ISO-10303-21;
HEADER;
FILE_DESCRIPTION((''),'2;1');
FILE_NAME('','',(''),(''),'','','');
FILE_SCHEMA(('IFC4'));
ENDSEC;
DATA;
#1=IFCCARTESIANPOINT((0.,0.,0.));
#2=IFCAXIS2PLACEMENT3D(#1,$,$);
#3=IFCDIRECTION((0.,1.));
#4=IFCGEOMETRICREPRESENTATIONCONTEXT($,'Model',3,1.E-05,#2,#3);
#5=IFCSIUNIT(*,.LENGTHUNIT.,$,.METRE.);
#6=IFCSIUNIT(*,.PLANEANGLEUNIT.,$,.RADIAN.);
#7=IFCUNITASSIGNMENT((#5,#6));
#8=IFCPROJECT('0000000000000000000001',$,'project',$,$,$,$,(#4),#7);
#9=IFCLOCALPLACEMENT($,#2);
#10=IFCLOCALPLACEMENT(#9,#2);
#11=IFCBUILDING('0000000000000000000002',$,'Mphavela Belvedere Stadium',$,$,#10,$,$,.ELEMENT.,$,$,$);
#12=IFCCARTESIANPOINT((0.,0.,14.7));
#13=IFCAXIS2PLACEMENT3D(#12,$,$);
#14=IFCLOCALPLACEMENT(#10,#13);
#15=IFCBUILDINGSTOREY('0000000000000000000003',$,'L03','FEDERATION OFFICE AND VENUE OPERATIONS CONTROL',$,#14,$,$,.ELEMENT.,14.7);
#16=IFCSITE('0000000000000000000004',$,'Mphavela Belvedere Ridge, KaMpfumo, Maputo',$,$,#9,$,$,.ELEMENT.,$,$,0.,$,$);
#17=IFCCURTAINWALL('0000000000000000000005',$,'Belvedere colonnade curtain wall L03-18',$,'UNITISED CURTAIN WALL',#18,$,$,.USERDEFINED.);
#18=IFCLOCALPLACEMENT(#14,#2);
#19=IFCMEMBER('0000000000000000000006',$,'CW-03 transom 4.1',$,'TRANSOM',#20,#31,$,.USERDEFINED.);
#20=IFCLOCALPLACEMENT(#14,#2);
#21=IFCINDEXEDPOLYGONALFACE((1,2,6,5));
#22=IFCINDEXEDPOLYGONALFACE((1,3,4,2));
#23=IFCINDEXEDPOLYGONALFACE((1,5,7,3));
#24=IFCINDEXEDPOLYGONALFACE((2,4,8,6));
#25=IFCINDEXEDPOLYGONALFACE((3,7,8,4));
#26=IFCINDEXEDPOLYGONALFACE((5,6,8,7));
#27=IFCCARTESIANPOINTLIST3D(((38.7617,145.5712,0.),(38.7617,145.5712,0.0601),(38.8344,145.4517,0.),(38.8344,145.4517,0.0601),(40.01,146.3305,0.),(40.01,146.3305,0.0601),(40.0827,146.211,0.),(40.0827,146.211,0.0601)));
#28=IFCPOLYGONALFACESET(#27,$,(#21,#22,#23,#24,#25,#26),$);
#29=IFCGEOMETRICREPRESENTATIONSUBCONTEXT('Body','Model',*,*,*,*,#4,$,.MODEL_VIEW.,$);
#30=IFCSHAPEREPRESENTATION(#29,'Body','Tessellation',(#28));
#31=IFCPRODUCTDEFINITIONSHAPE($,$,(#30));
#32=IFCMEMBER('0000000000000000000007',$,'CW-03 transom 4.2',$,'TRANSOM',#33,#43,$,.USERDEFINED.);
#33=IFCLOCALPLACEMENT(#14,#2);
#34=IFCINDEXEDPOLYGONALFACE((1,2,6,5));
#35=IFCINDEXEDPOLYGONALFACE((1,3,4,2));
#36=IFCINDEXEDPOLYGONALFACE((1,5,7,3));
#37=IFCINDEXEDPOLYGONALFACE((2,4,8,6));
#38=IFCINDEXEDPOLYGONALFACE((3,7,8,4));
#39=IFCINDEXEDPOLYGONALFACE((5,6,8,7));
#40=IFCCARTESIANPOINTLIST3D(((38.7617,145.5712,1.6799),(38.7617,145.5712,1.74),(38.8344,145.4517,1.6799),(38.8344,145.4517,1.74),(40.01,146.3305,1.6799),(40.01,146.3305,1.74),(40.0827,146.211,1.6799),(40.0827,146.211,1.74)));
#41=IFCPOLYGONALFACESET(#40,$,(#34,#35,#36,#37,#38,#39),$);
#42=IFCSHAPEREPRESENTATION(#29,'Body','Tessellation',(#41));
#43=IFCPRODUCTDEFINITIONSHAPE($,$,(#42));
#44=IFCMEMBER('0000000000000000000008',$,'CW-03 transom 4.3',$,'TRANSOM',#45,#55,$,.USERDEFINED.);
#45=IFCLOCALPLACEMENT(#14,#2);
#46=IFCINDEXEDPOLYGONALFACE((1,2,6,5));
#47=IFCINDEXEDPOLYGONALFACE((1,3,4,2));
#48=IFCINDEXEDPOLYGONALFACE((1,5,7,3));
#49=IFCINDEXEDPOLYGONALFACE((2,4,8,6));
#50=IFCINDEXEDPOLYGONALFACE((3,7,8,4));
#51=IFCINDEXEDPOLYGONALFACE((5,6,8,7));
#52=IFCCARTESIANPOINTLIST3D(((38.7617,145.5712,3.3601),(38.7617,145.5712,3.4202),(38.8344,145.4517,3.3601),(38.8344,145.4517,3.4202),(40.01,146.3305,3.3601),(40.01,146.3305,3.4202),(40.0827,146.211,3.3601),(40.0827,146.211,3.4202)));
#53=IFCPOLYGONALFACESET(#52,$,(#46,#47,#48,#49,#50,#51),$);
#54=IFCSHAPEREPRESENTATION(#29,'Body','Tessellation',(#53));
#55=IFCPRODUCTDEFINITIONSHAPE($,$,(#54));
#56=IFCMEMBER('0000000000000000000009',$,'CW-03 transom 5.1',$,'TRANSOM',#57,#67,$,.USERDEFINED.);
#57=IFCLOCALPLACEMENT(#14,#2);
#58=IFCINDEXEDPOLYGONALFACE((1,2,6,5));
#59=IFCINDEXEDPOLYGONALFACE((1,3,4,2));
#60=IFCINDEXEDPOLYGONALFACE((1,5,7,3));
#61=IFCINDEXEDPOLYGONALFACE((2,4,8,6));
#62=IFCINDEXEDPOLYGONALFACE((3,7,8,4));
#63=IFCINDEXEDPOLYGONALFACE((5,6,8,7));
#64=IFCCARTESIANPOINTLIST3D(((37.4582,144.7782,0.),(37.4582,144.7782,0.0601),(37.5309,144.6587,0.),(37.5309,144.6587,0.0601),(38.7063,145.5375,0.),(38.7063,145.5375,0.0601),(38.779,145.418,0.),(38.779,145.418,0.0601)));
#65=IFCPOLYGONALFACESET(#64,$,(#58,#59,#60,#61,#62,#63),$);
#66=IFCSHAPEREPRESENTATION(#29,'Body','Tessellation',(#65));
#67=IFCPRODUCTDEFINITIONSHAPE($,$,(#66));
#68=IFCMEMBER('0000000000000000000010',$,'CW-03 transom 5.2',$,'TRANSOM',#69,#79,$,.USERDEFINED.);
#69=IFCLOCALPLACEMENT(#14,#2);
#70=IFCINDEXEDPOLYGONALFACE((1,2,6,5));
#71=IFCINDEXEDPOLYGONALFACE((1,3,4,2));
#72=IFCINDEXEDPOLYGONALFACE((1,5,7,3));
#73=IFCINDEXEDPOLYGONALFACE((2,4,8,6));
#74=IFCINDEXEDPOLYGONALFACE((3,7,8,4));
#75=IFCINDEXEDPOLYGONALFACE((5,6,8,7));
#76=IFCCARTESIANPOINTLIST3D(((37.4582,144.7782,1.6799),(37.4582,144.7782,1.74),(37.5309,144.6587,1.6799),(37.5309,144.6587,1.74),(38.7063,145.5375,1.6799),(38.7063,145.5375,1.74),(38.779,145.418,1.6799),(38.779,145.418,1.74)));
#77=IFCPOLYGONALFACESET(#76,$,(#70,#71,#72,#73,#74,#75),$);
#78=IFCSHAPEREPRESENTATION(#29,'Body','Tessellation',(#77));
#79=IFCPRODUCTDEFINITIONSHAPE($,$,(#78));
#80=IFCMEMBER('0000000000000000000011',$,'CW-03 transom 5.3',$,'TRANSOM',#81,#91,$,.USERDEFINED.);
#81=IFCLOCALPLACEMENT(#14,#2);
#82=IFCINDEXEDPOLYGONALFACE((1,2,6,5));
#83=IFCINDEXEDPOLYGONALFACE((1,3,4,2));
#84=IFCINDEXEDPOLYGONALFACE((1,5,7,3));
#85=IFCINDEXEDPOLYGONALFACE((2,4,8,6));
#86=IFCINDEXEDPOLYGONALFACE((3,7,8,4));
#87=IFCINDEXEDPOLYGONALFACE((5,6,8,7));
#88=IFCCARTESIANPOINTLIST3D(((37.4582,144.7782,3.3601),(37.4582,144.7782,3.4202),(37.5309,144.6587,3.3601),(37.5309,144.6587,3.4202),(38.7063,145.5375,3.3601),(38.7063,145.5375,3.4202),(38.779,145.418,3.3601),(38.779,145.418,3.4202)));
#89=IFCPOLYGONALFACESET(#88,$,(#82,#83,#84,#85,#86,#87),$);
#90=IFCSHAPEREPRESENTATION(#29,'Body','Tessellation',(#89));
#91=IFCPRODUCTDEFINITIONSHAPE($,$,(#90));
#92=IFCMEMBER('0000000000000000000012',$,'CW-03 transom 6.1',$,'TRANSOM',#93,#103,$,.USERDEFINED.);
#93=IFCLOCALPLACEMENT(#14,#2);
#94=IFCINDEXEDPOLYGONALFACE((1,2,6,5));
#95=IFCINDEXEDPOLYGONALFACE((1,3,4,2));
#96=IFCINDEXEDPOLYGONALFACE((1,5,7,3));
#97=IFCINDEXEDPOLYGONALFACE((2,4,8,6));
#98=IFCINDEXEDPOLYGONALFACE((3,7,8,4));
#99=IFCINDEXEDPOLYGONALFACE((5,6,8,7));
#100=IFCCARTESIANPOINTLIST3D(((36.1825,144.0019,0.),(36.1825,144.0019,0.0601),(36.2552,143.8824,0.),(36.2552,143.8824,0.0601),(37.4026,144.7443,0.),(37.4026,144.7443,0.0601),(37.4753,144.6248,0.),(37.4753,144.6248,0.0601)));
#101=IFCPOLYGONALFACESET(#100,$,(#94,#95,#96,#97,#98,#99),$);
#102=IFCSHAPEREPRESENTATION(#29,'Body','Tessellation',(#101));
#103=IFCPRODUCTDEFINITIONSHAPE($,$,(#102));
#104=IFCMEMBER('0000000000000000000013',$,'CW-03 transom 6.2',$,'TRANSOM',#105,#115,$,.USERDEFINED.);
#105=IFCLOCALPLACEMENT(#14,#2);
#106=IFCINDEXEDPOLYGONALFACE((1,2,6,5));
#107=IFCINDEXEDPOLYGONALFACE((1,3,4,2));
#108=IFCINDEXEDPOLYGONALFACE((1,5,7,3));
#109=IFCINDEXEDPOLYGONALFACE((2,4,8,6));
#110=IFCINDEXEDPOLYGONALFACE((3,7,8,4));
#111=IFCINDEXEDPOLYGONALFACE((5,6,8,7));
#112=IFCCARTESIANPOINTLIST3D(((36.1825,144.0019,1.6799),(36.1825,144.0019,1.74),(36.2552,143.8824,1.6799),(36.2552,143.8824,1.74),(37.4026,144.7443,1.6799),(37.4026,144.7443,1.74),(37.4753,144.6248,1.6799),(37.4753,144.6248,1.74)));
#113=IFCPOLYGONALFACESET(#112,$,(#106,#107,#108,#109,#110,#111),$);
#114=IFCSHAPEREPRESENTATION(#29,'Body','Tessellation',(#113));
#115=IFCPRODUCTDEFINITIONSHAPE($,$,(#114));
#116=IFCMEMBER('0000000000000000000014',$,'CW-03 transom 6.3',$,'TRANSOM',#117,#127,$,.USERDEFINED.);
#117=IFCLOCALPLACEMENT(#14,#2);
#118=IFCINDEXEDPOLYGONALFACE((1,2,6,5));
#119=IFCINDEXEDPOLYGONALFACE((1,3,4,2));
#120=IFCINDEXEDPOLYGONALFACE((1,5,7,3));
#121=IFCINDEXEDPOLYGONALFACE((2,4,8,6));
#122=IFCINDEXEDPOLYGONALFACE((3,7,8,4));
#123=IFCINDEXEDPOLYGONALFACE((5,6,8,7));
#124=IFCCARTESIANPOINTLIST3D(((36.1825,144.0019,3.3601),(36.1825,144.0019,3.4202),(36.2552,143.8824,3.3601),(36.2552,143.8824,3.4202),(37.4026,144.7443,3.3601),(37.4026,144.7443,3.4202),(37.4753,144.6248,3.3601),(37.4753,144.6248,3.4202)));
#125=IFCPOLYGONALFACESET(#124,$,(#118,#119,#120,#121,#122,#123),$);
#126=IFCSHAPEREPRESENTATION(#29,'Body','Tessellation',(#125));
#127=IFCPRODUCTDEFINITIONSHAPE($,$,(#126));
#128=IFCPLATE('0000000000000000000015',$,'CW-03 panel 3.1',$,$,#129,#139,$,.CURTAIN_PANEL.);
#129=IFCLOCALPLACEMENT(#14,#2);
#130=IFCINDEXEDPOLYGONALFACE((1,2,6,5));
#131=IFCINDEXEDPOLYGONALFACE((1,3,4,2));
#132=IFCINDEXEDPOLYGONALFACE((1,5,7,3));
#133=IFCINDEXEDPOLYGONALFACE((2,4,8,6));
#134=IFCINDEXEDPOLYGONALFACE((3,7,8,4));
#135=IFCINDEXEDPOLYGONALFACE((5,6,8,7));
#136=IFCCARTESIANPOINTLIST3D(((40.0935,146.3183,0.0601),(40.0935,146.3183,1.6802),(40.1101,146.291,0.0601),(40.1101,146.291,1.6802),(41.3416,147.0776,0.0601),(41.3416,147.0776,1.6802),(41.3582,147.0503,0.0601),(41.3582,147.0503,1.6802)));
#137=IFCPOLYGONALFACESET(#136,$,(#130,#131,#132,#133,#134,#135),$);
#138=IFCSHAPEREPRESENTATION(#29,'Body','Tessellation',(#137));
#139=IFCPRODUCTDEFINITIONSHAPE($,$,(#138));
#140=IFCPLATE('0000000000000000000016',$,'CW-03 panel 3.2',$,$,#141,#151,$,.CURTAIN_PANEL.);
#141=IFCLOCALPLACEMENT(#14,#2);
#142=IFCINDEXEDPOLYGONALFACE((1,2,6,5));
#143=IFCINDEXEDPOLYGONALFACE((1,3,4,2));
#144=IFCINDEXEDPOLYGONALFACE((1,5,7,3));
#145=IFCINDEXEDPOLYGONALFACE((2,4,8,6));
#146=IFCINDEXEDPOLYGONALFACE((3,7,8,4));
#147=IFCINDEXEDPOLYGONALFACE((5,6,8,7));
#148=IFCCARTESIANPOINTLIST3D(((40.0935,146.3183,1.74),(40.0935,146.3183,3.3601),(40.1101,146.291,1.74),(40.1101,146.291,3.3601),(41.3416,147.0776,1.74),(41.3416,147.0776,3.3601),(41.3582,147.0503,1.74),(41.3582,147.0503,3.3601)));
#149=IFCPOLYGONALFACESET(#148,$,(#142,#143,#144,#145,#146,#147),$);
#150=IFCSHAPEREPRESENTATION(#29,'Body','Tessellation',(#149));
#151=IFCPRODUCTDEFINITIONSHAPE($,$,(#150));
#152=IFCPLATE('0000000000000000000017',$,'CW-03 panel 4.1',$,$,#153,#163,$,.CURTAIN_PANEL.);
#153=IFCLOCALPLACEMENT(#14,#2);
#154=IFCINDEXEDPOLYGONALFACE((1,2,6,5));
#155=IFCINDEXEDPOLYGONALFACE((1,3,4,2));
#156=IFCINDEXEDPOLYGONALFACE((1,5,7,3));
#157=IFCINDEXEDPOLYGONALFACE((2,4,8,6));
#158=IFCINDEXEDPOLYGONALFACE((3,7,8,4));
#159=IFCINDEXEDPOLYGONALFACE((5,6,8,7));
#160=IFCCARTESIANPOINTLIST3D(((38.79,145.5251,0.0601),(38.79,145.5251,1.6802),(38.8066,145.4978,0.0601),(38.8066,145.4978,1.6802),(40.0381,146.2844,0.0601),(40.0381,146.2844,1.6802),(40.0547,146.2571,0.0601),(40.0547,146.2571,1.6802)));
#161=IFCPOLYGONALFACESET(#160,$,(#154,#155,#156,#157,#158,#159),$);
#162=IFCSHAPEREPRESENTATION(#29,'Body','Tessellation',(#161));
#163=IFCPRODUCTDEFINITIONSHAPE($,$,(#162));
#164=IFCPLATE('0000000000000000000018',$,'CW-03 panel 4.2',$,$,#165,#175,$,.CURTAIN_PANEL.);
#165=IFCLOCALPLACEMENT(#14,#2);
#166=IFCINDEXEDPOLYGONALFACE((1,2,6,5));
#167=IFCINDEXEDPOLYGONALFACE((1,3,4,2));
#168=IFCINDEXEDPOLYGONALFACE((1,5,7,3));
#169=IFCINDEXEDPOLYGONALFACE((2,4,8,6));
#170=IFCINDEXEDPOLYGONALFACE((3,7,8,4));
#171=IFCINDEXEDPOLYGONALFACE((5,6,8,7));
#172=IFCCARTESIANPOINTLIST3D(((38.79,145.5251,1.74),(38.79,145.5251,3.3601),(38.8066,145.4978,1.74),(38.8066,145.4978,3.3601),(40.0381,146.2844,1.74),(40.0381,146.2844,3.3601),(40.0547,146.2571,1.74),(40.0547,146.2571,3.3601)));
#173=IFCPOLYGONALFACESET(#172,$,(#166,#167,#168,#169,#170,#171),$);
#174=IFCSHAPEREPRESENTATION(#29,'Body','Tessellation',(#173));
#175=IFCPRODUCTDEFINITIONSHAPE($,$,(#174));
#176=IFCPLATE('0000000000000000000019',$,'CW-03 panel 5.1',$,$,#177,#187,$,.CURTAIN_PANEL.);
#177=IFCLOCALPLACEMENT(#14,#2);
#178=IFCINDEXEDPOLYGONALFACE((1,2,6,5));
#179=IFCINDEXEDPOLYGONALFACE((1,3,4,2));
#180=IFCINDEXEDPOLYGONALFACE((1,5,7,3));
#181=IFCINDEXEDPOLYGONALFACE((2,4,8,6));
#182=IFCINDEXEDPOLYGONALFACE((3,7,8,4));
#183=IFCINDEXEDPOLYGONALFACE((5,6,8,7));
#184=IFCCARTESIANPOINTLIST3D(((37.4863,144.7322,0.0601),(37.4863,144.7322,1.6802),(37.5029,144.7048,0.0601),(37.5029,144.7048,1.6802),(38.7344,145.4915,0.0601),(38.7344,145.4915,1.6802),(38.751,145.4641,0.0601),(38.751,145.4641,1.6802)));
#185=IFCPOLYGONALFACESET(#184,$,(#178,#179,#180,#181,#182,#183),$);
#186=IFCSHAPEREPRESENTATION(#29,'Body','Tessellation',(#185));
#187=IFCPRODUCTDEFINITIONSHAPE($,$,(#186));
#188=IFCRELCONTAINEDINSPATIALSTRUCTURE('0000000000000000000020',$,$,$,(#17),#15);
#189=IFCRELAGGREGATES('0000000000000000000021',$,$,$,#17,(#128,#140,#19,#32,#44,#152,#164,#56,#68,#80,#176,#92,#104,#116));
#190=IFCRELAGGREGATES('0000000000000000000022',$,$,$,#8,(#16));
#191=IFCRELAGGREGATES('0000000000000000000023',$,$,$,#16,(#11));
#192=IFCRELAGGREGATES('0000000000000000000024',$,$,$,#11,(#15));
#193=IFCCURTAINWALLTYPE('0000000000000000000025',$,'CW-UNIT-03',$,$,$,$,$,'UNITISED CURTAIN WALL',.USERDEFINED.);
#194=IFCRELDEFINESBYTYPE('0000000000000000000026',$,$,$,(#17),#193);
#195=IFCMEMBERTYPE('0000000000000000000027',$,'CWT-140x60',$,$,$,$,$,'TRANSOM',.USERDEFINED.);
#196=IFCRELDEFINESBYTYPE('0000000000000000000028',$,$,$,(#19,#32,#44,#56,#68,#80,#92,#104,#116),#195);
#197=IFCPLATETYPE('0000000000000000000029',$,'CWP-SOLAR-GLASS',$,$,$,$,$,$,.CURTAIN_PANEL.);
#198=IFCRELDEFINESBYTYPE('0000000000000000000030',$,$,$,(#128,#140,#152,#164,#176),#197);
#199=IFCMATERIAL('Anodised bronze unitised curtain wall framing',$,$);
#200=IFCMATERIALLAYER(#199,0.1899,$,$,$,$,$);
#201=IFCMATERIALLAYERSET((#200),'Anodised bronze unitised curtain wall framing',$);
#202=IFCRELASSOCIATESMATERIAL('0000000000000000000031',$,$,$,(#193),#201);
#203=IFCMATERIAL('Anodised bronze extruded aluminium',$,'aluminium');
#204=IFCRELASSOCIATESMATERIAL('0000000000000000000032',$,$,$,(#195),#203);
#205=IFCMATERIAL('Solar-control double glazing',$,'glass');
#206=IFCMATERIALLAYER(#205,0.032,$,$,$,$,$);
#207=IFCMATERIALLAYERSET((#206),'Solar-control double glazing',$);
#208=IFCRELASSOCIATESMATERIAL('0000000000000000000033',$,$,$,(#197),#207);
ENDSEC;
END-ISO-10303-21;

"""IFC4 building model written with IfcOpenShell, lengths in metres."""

from ifc_helpers import new_model, si_unit, direction, frame, origin, origin_2d, place, context, subcontext, project, spatial, rectangle, extrude, material, layer, layer_set, material_profile, profile_set, type_object, element, aggregate, save


model = new_model("IFC4")

# Units and contexts
model_context = context("Model", 3, precision=1e-05, world=origin(), true_north=direction((0.0, 1.0)))
body_context = subcontext(model_context, "Body", "Model", "MODEL_VIEW")
ifc_project = project(units=[si_unit("LENGTHUNIT", "METRE"), si_unit("PLANEANGLEUNIT", "RADIAN")], contexts=[model_context])

# Site, building, storey
site_placement = place(None, origin())
site = spatial("IfcSite", under=ifc_project, at=site_placement, Name="Mphavela Belvedere Ridge, KaMpfumo, Maputo", CompositionType="ELEMENT", RefElevation=0.0)
building_placement = place(site_placement, origin())
building = spatial("IfcBuilding", under=site, at=building_placement, Name="Mphavela Belvedere Stadium", CompositionType="ELEMENT")
storey_placement = place(building_placement, frame((0.0, 0.0, 14.7)))
storey = spatial("IfcBuildingStorey", under=building, at=storey_placement, Name="L03", Description="FEDERATION OFFICE AND VENUE OPERATIONS CONTROL", CompositionType="ELEMENT", Elevation=14.7)

# Curtain wall, members, plates
ifc_material_1 = material(Name="Anodised bronze unitised curtain wall framing")
ifc_layer_1 = layer(ifc_material_1, 0.1899)
ifc_layer_set_1 = layer_set([ifc_layer_1], Name="Anodised bronze unitised curtain wall framing")
curtain_wall_type = type_object("IfcCurtainWallType", Name="CW-UNIT-03", ElementType="UNITISED CURTAIN WALL", PredefinedType="USERDEFINED", material=ifc_layer_set_1)
curtain_wall_placement = place(storey_placement, origin())
curtain_wall = element("IfcCurtainWall", 1, at=curtain_wall_placement, inside=storey, type_object=curtain_wall_type, Name="Belvedere colonnade curtain wall L03-18", ObjectType="UNITISED CURTAIN WALL", PredefinedType="USERDEFINED")
ifc_material_2 = material(Name="Anodised bronze extruded aluminium", Category="aluminium")
ifc_material_profile_1 = material_profile(ifc_material_2, rectangle(XDim=0.1399, YDim=0.0601, at=origin_2d()), Name="CW-TRN 140x60")
ifc_profile_set_1 = profile_set([ifc_material_profile_1], Name="Anodised bronze extruded aluminium")
member_type_1 = type_object("IfcMemberType", Name="CWT-140x60", ElementType="TRANSOM", PredefinedType="USERDEFINED", material=ifc_profile_set_1)
member_1_placement = place(storey_placement, frame((40.0464, 146.2708, 0.03), z_axis=(-0.854366, -0.519671, 0.0), x_axis=(0.519671, -0.854366, 0.0)))
member_1 = element("IfcMember", 2, at=member_1_placement, type_object=member_type_1, Name="CW-03 transom 4.1", ObjectType="TRANSOM", PredefinedType="USERDEFINED", context=body_context, shape_type="SweptSolid", body=[
    extrude(rectangle(XDim=0.1399, YDim=0.0601, at=origin_2d()), origin(), (0.0, 0.0, 1.0), 1.4612),
])
member_2_placement = place(storey_placement, frame((40.0464, 146.2708, 1.71), z_axis=(-0.854366, -0.519671, 0.0), x_axis=(0.519671, -0.854366, 0.0)))
member_2 = element("IfcMember", 3, at=member_2_placement, type_object=member_type_1, Name="CW-03 transom 4.2", ObjectType="TRANSOM", PredefinedType="USERDEFINED", context=body_context, shape_type="SweptSolid", body=[
    extrude(rectangle(XDim=0.1399, YDim=0.0601, at=origin_2d()), origin(), (0.0, 0.0, 1.0), 1.4612),
])
member_3_placement = place(storey_placement, frame((40.0464, 146.2708, 3.3901), z_axis=(-0.854366, -0.519671, 0.0), x_axis=(0.519671, -0.854366, 0.0)))
member_3 = element("IfcMember", 4, at=member_3_placement, type_object=member_type_1, Name="CW-03 transom 4.3", ObjectType="TRANSOM", PredefinedType="USERDEFINED", context=body_context, shape_type="SweptSolid", body=[
    extrude(rectangle(XDim=0.1399, YDim=0.0601, at=origin_2d()), origin(), (0.0, 0.0, 1.0), 1.4612),
])
member_4_placement = place(storey_placement, frame((38.7427, 145.4778, 0.03), z_axis=(-0.854321, -0.519745, 0.0), x_axis=(0.519745, -0.854321, 0.0)))
member_4 = element("IfcMember", 5, at=member_4_placement, type_object=member_type_1, Name="CW-03 transom 5.1", ObjectType="TRANSOM", PredefinedType="USERDEFINED", context=body_context, shape_type="SweptSolid", body=[
    extrude(rectangle(XDim=0.1399, YDim=0.0601, at=origin_2d()), origin(), (0.0, 0.0, 1.0), 1.4609),
])
member_5_placement = place(storey_placement, frame((38.7427, 145.4778, 1.71), z_axis=(-0.854321, -0.519745, 0.0), x_axis=(0.519745, -0.854321, 0.0)))
member_5 = element("IfcMember", 6, at=member_5_placement, type_object=member_type_1, Name="CW-03 transom 5.2", ObjectType="TRANSOM", PredefinedType="USERDEFINED", context=body_context, shape_type="SweptSolid", body=[
    extrude(rectangle(XDim=0.1399, YDim=0.0601, at=origin_2d()), origin(), (0.0, 0.0, 1.0), 1.4609),
])
member_6_placement = place(storey_placement, frame((38.7427, 145.4778, 3.3901), z_axis=(-0.854321, -0.519745, 0.0), x_axis=(0.519745, -0.854321, 0.0)))
member_6 = element("IfcMember", 7, at=member_6_placement, type_object=member_type_1, Name="CW-03 transom 5.3", ObjectType="TRANSOM", PredefinedType="USERDEFINED", context=body_context, shape_type="SweptSolid", body=[
    extrude(rectangle(XDim=0.1399, YDim=0.0601, at=origin_2d()), origin(), (0.0, 0.0, 1.0), 1.4609),
])
member_7_placement = place(storey_placement, frame((37.439, 144.6846, 0.03), z_axis=(-0.854294, -0.51979, 0.0), x_axis=(0.51979, -0.854294, 0.0)))
member_7 = element("IfcMember", 8, at=member_7_placement, type_object=member_type_1, Name="CW-03 transom 6.1", ObjectType="TRANSOM", PredefinedType="USERDEFINED", context=body_context, shape_type="SweptSolid", body=[
    extrude(rectangle(XDim=0.1399, YDim=0.0601, at=origin_2d()), origin(), (0.0, 0.0, 1.0), 1.4282),
])
member_8_placement = place(storey_placement, frame((37.439, 144.6846, 1.71), z_axis=(-0.854294, -0.51979, 0.0), x_axis=(0.51979, -0.854294, 0.0)))
member_8 = element("IfcMember", 9, at=member_8_placement, type_object=member_type_1, Name="CW-03 transom 6.2", ObjectType="TRANSOM", PredefinedType="USERDEFINED", context=body_context, shape_type="SweptSolid", body=[
    extrude(rectangle(XDim=0.1399, YDim=0.0601, at=origin_2d()), origin(), (0.0, 0.0, 1.0), 1.4282),
])
member_9_placement = place(storey_placement, frame((37.439, 144.6846, 3.3901), z_axis=(-0.854294, -0.51979, 0.0), x_axis=(0.51979, -0.854294, 0.0)))
member_9 = element("IfcMember", 10, at=member_9_placement, type_object=member_type_1, Name="CW-03 transom 6.3", ObjectType="TRANSOM", PredefinedType="USERDEFINED", context=body_context, shape_type="SweptSolid", body=[
    extrude(rectangle(XDim=0.1399, YDim=0.0601, at=origin_2d()), origin(), (0.0, 0.0, 1.0), 1.4282),
])
ifc_material_3 = material(Name="Solar-control double glazing", Category="glass")
ifc_layer_2 = layer(ifc_material_3, 0.032)
ifc_layer_set_2 = layer_set([ifc_layer_2], Name="Solar-control double glazing")
plate_type = type_object("IfcPlateType", Name="CWP-SOLAR-GLASS", PredefinedType="CURTAIN_PANEL", material=ifc_layer_set_2)
plate_1_placement = place(storey_placement, frame((40.7258, 146.6843, 0.0601), z_axis=(0.0, 0.0, 1.0), x_axis=(-0.854325, -0.519738, 0.0)))
plate_1 = element("IfcPlate", 11, at=plate_1_placement, type_object=plate_type, Name="CW-03 panel 3.1", PredefinedType="CURTAIN_PANEL", context=body_context, shape_type="SweptSolid", body=[
    extrude(rectangle(XDim=1.4609, YDim=0.032, at=origin_2d()), origin(), (0.0, 0.0, 1.0), 1.6201),
])
plate_2_placement = place(storey_placement, frame((40.7258, 146.6843, 1.74), z_axis=(0.0, 0.0, 1.0), x_axis=(-0.854325, -0.519738, 0.0)))
plate_2 = element("IfcPlate", 12, at=plate_2_placement, type_object=plate_type, Name="CW-03 panel 3.2", PredefinedType="CURTAIN_PANEL", context=body_context, shape_type="SweptSolid", body=[
    extrude(rectangle(XDim=1.4609, YDim=0.032, at=origin_2d()), origin(), (0.0, 0.0, 1.0), 1.6201),
])
plate_3_placement = place(storey_placement, frame((39.4224, 145.8911, 0.0601), z_axis=(0.0, 0.0, 1.0), x_axis=(-0.854325, -0.519738, 0.0)))
plate_3 = element("IfcPlate", 13, at=plate_3_placement, type_object=plate_type, Name="CW-03 panel 4.1", PredefinedType="CURTAIN_PANEL", context=body_context, shape_type="SweptSolid", body=[
    extrude(rectangle(XDim=1.4609, YDim=0.032, at=origin_2d()), origin(), (0.0, 0.0, 1.0), 1.6201),
])
plate_4_placement = place(storey_placement, frame((39.4224, 145.8911, 1.74), z_axis=(0.0, 0.0, 1.0), x_axis=(-0.854325, -0.519738, 0.0)))
plate_4 = element("IfcPlate", 14, at=plate_4_placement, type_object=plate_type, Name="CW-03 panel 4.2", PredefinedType="CURTAIN_PANEL", context=body_context, shape_type="SweptSolid", body=[
    extrude(rectangle(XDim=1.4609, YDim=0.032, at=origin_2d()), origin(), (0.0, 0.0, 1.0), 1.6201),
])
plate_5_placement = place(storey_placement, frame((38.1187, 145.0981, 0.0601), z_axis=(0.0, 0.0, 1.0), x_axis=(-0.854325, -0.519738, 0.0)))
plate_5 = element("IfcPlate", 15, at=plate_5_placement, type_object=plate_type, Name="CW-03 panel 5.1", PredefinedType="CURTAIN_PANEL", context=body_context, shape_type="SweptSolid", body=[
    extrude(rectangle(XDim=1.4609, YDim=0.032, at=origin_2d()), origin(), (0.0, 0.0, 1.0), 1.6201),
])
aggregate(curtain_wall, [plate_1, plate_2, member_1, member_2, member_3, plate_3, plate_4, member_4, member_5, member_6, plate_5, member_7, member_8, member_9])

save(model, "model.ifc")
